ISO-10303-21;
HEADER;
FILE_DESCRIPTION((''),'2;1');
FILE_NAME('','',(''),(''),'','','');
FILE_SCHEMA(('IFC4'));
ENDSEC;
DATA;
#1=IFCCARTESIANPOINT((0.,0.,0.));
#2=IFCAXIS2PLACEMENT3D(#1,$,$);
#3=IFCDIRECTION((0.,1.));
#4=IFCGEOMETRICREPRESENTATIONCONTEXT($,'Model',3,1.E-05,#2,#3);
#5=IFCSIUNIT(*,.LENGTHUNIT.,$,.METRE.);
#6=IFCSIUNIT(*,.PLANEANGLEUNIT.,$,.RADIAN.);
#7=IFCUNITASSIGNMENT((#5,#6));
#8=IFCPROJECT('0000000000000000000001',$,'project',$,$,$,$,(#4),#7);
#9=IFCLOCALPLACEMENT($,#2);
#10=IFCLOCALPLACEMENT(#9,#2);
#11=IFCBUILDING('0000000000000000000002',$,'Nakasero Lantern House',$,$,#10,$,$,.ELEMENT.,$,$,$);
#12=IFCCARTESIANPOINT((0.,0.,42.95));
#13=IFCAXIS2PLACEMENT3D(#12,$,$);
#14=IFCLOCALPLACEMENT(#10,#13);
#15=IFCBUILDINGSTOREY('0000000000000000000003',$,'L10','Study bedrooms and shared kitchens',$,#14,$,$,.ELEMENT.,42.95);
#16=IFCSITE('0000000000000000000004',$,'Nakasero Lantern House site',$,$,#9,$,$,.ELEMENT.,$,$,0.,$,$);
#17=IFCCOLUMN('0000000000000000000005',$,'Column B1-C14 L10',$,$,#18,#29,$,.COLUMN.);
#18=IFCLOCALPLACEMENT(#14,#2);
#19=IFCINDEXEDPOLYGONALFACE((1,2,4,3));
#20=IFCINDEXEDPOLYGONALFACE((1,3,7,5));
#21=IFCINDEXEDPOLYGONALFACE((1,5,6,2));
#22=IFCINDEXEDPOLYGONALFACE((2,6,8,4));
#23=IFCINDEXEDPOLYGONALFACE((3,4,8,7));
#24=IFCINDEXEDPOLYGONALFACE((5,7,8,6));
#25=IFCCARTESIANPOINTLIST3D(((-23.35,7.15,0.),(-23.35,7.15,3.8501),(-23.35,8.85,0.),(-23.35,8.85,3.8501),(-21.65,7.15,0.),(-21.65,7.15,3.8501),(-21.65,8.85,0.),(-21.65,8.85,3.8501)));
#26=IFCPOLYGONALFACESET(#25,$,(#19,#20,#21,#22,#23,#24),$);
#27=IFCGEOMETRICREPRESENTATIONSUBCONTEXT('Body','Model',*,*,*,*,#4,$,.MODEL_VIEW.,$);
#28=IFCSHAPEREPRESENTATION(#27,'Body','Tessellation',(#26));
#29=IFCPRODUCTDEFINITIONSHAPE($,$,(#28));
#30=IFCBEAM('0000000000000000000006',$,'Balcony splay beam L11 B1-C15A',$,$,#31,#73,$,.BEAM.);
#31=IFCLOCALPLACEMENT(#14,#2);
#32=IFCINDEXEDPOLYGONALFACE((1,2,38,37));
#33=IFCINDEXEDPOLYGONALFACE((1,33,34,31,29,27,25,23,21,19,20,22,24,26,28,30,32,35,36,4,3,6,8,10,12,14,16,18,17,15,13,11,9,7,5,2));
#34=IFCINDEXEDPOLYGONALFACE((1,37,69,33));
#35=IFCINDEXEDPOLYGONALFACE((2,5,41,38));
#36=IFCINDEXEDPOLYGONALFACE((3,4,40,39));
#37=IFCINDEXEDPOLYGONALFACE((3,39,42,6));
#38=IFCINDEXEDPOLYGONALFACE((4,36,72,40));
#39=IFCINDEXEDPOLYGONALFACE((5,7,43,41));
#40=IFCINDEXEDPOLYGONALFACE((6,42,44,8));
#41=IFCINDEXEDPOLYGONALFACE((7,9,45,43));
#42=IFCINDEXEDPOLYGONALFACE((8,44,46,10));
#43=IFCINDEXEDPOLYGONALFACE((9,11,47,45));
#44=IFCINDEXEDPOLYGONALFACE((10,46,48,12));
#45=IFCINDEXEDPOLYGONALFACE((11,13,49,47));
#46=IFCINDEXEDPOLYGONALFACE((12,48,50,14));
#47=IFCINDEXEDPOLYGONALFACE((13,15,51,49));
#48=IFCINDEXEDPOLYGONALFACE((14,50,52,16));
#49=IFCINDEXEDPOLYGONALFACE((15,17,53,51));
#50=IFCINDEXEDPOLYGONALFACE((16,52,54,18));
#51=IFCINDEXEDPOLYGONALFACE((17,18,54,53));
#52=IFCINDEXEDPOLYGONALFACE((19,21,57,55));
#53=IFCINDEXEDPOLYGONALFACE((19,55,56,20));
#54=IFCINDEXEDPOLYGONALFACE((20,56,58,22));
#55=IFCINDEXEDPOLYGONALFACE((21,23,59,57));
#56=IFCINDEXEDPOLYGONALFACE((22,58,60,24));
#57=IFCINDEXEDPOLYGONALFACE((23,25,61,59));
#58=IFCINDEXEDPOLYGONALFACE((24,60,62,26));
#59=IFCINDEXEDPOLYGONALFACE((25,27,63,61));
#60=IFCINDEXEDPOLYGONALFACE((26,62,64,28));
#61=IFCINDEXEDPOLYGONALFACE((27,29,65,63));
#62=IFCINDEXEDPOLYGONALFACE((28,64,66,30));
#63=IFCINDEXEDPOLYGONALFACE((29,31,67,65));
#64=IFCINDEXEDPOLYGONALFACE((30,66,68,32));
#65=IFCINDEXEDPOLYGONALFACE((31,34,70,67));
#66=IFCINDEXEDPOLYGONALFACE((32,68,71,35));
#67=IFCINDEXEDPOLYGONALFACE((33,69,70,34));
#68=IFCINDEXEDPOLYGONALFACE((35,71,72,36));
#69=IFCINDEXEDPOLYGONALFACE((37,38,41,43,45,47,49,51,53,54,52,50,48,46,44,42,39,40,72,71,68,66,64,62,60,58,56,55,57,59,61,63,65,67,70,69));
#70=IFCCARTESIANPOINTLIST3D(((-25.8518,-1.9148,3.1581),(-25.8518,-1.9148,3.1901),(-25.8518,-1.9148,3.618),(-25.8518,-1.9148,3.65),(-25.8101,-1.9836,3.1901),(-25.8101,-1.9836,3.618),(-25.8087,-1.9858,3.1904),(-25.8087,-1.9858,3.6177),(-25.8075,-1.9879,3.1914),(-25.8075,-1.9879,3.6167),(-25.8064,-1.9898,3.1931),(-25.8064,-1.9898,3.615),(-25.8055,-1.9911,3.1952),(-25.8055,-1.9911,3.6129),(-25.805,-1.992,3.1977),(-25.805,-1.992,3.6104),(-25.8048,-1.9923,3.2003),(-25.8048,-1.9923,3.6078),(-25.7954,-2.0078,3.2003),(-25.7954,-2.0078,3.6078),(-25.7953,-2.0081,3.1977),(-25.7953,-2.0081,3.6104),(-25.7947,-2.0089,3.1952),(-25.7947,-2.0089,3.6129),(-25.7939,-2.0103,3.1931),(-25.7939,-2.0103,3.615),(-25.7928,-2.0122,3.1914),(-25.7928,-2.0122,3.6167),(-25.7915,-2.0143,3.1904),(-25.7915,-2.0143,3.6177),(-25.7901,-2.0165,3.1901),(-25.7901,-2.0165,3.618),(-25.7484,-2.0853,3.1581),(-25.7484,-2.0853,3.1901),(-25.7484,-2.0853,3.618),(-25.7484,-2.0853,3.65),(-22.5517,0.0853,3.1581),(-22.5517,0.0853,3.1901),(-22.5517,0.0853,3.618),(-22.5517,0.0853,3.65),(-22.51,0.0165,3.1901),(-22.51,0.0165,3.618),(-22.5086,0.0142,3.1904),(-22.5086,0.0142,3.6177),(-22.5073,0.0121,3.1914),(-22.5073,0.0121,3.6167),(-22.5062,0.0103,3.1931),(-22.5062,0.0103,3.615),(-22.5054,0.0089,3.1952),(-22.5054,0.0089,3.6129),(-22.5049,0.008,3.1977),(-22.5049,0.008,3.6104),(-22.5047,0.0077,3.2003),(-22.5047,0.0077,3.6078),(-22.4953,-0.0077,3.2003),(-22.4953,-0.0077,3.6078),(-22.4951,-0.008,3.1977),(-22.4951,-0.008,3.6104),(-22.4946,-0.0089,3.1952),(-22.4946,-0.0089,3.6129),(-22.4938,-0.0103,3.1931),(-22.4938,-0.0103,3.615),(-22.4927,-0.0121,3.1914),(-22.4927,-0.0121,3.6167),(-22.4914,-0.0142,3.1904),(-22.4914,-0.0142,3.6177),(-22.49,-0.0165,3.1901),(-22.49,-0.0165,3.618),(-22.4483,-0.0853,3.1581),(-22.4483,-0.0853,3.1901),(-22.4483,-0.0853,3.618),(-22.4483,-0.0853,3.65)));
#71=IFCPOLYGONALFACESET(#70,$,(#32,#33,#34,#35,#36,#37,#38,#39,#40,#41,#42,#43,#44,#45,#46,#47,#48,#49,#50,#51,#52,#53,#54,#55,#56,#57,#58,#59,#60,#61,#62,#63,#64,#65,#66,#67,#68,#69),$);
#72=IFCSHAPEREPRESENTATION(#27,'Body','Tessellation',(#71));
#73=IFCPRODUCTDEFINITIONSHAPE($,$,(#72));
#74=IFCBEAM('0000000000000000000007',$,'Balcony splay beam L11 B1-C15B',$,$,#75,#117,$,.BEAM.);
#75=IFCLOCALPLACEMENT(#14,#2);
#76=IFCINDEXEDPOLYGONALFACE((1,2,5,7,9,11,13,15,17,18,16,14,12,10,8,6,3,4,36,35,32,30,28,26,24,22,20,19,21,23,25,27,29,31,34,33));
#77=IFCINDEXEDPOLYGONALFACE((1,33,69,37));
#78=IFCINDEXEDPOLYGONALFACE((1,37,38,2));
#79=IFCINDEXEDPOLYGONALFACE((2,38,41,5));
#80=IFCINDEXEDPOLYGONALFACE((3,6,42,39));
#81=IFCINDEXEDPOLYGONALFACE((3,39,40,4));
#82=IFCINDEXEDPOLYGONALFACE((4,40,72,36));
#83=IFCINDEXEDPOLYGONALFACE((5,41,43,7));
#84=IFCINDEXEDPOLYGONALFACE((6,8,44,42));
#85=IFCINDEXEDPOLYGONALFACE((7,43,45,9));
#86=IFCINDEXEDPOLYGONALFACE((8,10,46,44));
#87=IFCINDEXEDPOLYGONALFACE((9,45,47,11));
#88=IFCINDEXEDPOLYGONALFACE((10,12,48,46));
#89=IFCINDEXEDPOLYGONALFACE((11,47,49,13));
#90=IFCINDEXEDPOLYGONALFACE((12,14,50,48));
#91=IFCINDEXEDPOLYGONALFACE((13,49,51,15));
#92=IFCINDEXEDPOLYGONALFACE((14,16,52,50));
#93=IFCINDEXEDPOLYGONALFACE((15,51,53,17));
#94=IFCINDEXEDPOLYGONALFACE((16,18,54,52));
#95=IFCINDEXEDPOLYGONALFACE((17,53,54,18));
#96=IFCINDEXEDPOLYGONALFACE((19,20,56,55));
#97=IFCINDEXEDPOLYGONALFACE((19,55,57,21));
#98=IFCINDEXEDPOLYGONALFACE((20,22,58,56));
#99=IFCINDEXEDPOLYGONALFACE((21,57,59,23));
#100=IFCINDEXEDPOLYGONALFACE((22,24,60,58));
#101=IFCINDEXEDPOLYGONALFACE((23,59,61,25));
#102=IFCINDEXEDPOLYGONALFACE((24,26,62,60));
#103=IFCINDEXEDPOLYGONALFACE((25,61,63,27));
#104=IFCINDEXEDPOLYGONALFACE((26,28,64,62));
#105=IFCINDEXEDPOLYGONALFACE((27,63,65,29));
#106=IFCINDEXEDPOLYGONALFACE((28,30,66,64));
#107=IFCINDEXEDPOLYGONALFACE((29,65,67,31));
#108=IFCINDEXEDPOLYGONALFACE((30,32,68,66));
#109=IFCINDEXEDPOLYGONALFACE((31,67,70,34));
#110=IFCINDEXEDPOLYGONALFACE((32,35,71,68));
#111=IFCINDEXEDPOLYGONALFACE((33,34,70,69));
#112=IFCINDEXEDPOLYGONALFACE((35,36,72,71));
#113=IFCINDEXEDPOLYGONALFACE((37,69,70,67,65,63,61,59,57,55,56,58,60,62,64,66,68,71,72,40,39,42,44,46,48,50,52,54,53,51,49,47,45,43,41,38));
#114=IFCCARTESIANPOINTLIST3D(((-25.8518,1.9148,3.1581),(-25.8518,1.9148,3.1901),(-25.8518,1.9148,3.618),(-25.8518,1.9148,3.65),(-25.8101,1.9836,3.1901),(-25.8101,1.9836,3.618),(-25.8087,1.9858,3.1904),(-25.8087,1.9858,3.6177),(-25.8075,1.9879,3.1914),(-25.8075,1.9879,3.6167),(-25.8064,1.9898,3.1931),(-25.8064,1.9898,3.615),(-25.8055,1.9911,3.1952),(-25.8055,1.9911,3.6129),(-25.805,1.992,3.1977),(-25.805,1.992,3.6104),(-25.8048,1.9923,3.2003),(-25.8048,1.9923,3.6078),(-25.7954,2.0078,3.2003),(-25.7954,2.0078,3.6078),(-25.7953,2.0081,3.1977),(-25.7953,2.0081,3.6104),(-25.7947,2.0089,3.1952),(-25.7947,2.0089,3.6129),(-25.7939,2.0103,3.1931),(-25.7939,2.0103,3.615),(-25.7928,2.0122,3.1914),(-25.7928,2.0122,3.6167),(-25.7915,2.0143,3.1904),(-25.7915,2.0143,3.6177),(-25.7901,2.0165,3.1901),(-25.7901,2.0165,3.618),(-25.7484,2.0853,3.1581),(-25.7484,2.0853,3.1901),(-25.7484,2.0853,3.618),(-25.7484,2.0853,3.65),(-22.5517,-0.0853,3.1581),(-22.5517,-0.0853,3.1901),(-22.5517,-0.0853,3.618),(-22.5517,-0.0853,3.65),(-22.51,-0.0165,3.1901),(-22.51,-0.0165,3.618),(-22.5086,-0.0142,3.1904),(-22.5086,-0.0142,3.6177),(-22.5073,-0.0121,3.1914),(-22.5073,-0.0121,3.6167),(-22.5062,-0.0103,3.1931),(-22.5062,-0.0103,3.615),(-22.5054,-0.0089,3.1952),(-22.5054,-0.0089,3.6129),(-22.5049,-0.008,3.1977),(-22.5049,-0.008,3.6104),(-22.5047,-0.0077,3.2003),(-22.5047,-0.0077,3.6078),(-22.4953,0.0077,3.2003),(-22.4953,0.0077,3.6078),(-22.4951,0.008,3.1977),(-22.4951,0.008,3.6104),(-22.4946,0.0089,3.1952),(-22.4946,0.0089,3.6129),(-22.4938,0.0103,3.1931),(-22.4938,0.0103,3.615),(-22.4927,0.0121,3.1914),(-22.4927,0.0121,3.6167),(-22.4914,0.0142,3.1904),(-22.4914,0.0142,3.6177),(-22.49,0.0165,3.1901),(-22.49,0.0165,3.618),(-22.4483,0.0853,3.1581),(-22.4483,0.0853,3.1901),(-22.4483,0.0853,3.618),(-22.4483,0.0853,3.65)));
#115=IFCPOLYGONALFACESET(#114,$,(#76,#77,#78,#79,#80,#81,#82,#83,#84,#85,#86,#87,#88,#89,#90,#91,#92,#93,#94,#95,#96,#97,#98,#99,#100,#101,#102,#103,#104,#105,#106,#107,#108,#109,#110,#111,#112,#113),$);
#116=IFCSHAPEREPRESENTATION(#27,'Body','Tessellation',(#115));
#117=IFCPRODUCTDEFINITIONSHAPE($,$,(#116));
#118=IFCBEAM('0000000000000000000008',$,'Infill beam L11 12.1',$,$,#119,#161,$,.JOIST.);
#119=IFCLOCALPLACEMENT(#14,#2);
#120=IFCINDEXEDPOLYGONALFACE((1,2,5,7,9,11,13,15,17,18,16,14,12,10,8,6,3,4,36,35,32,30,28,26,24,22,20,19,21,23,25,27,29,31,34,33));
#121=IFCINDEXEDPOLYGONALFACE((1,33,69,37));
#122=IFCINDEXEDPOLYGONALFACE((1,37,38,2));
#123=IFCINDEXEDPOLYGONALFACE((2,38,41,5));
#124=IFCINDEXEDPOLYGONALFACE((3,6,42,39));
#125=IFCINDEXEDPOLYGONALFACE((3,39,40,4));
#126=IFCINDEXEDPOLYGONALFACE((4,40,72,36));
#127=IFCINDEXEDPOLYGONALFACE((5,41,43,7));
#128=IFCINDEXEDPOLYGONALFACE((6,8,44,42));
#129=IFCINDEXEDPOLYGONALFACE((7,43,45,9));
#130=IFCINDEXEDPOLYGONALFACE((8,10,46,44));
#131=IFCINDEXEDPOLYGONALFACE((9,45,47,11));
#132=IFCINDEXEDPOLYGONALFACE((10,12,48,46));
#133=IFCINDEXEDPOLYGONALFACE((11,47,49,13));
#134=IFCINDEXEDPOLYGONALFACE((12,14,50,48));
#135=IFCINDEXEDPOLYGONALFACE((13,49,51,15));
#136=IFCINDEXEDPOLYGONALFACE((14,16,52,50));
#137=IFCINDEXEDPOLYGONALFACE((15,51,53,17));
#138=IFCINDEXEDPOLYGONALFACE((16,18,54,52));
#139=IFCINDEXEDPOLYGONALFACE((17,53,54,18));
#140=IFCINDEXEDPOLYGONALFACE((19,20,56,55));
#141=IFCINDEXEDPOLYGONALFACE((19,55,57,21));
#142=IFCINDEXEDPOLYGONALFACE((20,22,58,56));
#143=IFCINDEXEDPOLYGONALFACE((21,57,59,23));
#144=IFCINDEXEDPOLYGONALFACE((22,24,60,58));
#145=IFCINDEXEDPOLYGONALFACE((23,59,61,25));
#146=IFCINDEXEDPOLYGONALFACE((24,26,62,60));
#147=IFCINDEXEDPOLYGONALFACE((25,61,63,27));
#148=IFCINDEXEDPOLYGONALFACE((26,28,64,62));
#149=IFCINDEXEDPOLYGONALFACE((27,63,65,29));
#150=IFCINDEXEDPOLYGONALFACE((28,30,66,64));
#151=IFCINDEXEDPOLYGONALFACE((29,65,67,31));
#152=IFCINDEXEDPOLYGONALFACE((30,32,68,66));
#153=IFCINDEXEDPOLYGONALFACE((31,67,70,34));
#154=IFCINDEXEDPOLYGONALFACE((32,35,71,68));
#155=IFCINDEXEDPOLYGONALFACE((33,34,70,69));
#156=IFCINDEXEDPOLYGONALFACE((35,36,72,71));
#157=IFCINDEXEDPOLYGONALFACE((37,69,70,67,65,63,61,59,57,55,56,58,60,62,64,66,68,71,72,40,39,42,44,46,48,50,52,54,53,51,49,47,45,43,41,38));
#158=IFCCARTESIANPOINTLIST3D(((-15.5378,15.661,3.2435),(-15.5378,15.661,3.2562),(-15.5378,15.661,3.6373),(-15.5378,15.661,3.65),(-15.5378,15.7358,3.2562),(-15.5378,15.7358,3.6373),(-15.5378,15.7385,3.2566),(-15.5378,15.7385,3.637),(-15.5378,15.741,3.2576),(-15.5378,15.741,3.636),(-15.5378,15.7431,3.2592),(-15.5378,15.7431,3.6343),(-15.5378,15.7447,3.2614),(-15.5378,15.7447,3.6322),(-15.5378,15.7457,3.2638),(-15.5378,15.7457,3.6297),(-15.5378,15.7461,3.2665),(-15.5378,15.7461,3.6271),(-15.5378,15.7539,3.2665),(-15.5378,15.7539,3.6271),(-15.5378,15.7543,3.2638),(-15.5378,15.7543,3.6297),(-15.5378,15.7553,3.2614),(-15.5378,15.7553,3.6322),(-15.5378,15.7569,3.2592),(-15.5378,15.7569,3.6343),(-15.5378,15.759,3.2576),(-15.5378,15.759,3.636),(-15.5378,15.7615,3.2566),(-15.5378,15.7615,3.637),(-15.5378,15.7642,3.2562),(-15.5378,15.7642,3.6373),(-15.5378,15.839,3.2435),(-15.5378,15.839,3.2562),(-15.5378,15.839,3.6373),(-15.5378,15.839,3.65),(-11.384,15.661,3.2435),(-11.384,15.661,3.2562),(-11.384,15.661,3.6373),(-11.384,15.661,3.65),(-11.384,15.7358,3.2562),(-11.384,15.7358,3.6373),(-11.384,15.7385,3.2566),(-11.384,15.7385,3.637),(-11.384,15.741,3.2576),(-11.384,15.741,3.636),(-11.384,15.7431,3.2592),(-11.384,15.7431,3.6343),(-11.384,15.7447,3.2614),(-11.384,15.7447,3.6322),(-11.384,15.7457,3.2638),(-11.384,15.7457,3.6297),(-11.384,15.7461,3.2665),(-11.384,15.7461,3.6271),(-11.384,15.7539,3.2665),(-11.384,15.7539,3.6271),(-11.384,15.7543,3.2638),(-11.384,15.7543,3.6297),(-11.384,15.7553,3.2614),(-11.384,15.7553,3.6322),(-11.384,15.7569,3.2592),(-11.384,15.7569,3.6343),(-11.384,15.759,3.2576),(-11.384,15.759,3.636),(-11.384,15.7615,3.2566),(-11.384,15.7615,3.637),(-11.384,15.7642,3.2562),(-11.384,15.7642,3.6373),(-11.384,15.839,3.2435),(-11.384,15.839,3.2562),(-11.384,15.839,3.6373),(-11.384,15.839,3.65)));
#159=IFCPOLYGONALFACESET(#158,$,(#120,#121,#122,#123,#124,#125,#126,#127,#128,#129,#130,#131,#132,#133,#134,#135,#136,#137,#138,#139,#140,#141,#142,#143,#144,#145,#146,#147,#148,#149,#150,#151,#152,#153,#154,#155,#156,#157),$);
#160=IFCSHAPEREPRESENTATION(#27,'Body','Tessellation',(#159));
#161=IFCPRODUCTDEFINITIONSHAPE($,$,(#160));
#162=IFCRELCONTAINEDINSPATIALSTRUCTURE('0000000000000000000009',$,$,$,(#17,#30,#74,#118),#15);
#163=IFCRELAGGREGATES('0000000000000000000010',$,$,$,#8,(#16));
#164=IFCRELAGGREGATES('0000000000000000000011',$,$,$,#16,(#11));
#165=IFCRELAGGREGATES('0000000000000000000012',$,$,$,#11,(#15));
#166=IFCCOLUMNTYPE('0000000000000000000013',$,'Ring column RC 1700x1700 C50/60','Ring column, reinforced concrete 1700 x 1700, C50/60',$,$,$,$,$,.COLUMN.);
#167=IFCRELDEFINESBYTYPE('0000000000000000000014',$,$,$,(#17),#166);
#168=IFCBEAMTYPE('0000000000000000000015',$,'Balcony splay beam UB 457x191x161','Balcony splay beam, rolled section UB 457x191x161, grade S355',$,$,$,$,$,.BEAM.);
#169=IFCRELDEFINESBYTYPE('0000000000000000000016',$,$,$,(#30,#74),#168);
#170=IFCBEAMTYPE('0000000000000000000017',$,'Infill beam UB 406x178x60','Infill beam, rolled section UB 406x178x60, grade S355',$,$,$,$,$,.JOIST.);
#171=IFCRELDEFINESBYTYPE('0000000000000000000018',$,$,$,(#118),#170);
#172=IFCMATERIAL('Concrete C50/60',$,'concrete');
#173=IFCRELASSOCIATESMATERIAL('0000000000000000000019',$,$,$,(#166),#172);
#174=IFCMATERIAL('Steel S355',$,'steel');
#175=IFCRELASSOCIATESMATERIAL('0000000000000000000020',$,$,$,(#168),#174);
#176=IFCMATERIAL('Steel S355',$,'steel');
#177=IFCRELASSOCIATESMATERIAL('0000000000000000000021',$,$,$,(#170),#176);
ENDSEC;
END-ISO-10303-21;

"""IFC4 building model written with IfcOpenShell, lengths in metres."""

from ifc_helpers import new_model, si_unit, direction, frame, origin, origin_2d, place, context, subcontext, project, spatial, rectangle, i_section, extrude, material, material_profile, profile_set, type_object, element, save


model = new_model("IFC4")

# Units and contexts
model_context = context("Model", 3, precision=1e-05, world=origin(), true_north=direction((0.0, 1.0)))
body_context = subcontext(model_context, "Body", "Model", "MODEL_VIEW")
ifc_project = project(units=[si_unit("LENGTHUNIT", "METRE"), si_unit("PLANEANGLEUNIT", "RADIAN")], contexts=[model_context])

# Site, building, storey
site_placement = place(None, origin())
site = spatial("IfcSite", under=ifc_project, at=site_placement, Name="Nakasero Lantern House site", CompositionType="ELEMENT", RefElevation=0.0)
building_placement = place(site_placement, origin())
building = spatial("IfcBuilding", under=site, at=building_placement, Name="Nakasero Lantern House", CompositionType="ELEMENT")
storey_placement = place(building_placement, frame((0.0, 0.0, 42.95)))
storey = spatial("IfcBuildingStorey", under=building, at=storey_placement, Name="L10", Description="Study bedrooms and shared kitchens", CompositionType="ELEMENT", Elevation=42.95)

# Column
ifc_material_1 = material(Name="Concrete C50/60", Category="concrete")
ifc_material_profile_1 = material_profile(ifc_material_1, rectangle(XDim=1.7, YDim=1.7, at=origin_2d()), Name="RC 1700x1700")
ifc_profile_set_1 = profile_set([ifc_material_profile_1], Name="Concrete C50/60")
column_type = type_object("IfcColumnType", Name="Ring column RC 1700x1700 C50/60", Description="Ring column, reinforced concrete 1700 x 1700, C50/60", PredefinedType="COLUMN", material=ifc_profile_set_1)
column_placement = place(storey_placement, frame((-22.5, 8.0, 0.0), z_axis=(0.0, 0.0, 1.0), x_axis=(1.0, 0.0, 0.0)))
element("IfcColumn", 1, at=column_placement, inside=storey, type_object=column_type, Name="Column B1-C14 L10", PredefinedType="COLUMN", context=body_context, shape_type="SweptSolid", body=[
    extrude(rectangle(XDim=1.7, YDim=1.7, at=origin_2d()), origin(), (0.0, 0.0, 1.0), 3.8501),
])

# Beams
ifc_material_2 = material(Name="Steel S355", Category="steel")
ifc_material_profile_2 = material_profile(ifc_material_2, i_section(OverallWidth=0.1995, OverallDepth=0.4919, WebThickness=0.0181, FlangeThickness=0.032, FilletRadius=0.0103, at=origin_2d()), Name="UB 457x191x161")
ifc_profile_set_2 = profile_set([ifc_material_profile_2], Name="Steel S355")
beam_type_1 = type_object("IfcBeamType", Name="Balcony splay beam UB 457x191x161", Description="Balcony splay beam, rolled section UB 457x191x161, grade S355", PredefinedType="BEAM", material=ifc_profile_set_2)
for number, where, z_axis, x_axis, name in (
    (2, (-22.5, 0.0, 3.4041), (-0.855201, -0.518296, 0.0), (0.518296, -0.855201, 0.0), "Balcony splay beam L11 B1-C15A"),
    (3, (-22.5, 0.0, 3.4041), (-0.855201, 0.518296, 0.0), (-0.518296, -0.855201, 0.0), "Balcony splay beam L11 B1-C15B"),
):
    element("IfcBeam", number, at=place(storey_placement, frame(where, z_axis=z_axis, x_axis=x_axis)), inside=storey, type_object=beam_type_1, Name=name, PredefinedType="BEAM", context=body_context, shape_type="SweptSolid", body=[
        extrude(i_section(OverallWidth=0.1995, OverallDepth=0.4919, WebThickness=0.0181, FlangeThickness=0.032, FilletRadius=0.0103, at=origin_2d()), origin(), (0.0, 0.0, 1.0), 3.8589),
    ])
ifc_material_3 = material(Name="Steel S355", Category="steel")
ifc_material_profile_3 = material_profile(ifc_material_3, i_section(OverallWidth=0.178, OverallDepth=0.4065, WebThickness=0.0078, FlangeThickness=0.0127, FilletRadius=0.0103, at=origin_2d()), Name="UB 406x178x60")
ifc_profile_set_3 = profile_set([ifc_material_profile_3], Name="Steel S355")
beam_type_2 = type_object("IfcBeamType", Name="Infill beam UB 406x178x60", Description="Infill beam, rolled section UB 406x178x60, grade S355", PredefinedType="JOIST", material=ifc_profile_set_3)
beam_1_placement = place(storey_placement, frame((-15.5378, 15.75, 3.4468), z_axis=(1.0, 0.0, 0.0), x_axis=(0.0, 1.0, 0.0)))
element("IfcBeam", 4, at=beam_1_placement, inside=storey, type_object=beam_type_2, Name="Infill beam L11 12.1", PredefinedType="JOIST", context=body_context, shape_type="SweptSolid", body=[
    extrude(i_section(OverallWidth=0.178, OverallDepth=0.4065, WebThickness=0.0078, FlangeThickness=0.0127, FilletRadius=0.0103, at=origin_2d()), origin(), (0.0, 0.0, 1.0), 4.1538),
])

save(model, "model.ifc")
